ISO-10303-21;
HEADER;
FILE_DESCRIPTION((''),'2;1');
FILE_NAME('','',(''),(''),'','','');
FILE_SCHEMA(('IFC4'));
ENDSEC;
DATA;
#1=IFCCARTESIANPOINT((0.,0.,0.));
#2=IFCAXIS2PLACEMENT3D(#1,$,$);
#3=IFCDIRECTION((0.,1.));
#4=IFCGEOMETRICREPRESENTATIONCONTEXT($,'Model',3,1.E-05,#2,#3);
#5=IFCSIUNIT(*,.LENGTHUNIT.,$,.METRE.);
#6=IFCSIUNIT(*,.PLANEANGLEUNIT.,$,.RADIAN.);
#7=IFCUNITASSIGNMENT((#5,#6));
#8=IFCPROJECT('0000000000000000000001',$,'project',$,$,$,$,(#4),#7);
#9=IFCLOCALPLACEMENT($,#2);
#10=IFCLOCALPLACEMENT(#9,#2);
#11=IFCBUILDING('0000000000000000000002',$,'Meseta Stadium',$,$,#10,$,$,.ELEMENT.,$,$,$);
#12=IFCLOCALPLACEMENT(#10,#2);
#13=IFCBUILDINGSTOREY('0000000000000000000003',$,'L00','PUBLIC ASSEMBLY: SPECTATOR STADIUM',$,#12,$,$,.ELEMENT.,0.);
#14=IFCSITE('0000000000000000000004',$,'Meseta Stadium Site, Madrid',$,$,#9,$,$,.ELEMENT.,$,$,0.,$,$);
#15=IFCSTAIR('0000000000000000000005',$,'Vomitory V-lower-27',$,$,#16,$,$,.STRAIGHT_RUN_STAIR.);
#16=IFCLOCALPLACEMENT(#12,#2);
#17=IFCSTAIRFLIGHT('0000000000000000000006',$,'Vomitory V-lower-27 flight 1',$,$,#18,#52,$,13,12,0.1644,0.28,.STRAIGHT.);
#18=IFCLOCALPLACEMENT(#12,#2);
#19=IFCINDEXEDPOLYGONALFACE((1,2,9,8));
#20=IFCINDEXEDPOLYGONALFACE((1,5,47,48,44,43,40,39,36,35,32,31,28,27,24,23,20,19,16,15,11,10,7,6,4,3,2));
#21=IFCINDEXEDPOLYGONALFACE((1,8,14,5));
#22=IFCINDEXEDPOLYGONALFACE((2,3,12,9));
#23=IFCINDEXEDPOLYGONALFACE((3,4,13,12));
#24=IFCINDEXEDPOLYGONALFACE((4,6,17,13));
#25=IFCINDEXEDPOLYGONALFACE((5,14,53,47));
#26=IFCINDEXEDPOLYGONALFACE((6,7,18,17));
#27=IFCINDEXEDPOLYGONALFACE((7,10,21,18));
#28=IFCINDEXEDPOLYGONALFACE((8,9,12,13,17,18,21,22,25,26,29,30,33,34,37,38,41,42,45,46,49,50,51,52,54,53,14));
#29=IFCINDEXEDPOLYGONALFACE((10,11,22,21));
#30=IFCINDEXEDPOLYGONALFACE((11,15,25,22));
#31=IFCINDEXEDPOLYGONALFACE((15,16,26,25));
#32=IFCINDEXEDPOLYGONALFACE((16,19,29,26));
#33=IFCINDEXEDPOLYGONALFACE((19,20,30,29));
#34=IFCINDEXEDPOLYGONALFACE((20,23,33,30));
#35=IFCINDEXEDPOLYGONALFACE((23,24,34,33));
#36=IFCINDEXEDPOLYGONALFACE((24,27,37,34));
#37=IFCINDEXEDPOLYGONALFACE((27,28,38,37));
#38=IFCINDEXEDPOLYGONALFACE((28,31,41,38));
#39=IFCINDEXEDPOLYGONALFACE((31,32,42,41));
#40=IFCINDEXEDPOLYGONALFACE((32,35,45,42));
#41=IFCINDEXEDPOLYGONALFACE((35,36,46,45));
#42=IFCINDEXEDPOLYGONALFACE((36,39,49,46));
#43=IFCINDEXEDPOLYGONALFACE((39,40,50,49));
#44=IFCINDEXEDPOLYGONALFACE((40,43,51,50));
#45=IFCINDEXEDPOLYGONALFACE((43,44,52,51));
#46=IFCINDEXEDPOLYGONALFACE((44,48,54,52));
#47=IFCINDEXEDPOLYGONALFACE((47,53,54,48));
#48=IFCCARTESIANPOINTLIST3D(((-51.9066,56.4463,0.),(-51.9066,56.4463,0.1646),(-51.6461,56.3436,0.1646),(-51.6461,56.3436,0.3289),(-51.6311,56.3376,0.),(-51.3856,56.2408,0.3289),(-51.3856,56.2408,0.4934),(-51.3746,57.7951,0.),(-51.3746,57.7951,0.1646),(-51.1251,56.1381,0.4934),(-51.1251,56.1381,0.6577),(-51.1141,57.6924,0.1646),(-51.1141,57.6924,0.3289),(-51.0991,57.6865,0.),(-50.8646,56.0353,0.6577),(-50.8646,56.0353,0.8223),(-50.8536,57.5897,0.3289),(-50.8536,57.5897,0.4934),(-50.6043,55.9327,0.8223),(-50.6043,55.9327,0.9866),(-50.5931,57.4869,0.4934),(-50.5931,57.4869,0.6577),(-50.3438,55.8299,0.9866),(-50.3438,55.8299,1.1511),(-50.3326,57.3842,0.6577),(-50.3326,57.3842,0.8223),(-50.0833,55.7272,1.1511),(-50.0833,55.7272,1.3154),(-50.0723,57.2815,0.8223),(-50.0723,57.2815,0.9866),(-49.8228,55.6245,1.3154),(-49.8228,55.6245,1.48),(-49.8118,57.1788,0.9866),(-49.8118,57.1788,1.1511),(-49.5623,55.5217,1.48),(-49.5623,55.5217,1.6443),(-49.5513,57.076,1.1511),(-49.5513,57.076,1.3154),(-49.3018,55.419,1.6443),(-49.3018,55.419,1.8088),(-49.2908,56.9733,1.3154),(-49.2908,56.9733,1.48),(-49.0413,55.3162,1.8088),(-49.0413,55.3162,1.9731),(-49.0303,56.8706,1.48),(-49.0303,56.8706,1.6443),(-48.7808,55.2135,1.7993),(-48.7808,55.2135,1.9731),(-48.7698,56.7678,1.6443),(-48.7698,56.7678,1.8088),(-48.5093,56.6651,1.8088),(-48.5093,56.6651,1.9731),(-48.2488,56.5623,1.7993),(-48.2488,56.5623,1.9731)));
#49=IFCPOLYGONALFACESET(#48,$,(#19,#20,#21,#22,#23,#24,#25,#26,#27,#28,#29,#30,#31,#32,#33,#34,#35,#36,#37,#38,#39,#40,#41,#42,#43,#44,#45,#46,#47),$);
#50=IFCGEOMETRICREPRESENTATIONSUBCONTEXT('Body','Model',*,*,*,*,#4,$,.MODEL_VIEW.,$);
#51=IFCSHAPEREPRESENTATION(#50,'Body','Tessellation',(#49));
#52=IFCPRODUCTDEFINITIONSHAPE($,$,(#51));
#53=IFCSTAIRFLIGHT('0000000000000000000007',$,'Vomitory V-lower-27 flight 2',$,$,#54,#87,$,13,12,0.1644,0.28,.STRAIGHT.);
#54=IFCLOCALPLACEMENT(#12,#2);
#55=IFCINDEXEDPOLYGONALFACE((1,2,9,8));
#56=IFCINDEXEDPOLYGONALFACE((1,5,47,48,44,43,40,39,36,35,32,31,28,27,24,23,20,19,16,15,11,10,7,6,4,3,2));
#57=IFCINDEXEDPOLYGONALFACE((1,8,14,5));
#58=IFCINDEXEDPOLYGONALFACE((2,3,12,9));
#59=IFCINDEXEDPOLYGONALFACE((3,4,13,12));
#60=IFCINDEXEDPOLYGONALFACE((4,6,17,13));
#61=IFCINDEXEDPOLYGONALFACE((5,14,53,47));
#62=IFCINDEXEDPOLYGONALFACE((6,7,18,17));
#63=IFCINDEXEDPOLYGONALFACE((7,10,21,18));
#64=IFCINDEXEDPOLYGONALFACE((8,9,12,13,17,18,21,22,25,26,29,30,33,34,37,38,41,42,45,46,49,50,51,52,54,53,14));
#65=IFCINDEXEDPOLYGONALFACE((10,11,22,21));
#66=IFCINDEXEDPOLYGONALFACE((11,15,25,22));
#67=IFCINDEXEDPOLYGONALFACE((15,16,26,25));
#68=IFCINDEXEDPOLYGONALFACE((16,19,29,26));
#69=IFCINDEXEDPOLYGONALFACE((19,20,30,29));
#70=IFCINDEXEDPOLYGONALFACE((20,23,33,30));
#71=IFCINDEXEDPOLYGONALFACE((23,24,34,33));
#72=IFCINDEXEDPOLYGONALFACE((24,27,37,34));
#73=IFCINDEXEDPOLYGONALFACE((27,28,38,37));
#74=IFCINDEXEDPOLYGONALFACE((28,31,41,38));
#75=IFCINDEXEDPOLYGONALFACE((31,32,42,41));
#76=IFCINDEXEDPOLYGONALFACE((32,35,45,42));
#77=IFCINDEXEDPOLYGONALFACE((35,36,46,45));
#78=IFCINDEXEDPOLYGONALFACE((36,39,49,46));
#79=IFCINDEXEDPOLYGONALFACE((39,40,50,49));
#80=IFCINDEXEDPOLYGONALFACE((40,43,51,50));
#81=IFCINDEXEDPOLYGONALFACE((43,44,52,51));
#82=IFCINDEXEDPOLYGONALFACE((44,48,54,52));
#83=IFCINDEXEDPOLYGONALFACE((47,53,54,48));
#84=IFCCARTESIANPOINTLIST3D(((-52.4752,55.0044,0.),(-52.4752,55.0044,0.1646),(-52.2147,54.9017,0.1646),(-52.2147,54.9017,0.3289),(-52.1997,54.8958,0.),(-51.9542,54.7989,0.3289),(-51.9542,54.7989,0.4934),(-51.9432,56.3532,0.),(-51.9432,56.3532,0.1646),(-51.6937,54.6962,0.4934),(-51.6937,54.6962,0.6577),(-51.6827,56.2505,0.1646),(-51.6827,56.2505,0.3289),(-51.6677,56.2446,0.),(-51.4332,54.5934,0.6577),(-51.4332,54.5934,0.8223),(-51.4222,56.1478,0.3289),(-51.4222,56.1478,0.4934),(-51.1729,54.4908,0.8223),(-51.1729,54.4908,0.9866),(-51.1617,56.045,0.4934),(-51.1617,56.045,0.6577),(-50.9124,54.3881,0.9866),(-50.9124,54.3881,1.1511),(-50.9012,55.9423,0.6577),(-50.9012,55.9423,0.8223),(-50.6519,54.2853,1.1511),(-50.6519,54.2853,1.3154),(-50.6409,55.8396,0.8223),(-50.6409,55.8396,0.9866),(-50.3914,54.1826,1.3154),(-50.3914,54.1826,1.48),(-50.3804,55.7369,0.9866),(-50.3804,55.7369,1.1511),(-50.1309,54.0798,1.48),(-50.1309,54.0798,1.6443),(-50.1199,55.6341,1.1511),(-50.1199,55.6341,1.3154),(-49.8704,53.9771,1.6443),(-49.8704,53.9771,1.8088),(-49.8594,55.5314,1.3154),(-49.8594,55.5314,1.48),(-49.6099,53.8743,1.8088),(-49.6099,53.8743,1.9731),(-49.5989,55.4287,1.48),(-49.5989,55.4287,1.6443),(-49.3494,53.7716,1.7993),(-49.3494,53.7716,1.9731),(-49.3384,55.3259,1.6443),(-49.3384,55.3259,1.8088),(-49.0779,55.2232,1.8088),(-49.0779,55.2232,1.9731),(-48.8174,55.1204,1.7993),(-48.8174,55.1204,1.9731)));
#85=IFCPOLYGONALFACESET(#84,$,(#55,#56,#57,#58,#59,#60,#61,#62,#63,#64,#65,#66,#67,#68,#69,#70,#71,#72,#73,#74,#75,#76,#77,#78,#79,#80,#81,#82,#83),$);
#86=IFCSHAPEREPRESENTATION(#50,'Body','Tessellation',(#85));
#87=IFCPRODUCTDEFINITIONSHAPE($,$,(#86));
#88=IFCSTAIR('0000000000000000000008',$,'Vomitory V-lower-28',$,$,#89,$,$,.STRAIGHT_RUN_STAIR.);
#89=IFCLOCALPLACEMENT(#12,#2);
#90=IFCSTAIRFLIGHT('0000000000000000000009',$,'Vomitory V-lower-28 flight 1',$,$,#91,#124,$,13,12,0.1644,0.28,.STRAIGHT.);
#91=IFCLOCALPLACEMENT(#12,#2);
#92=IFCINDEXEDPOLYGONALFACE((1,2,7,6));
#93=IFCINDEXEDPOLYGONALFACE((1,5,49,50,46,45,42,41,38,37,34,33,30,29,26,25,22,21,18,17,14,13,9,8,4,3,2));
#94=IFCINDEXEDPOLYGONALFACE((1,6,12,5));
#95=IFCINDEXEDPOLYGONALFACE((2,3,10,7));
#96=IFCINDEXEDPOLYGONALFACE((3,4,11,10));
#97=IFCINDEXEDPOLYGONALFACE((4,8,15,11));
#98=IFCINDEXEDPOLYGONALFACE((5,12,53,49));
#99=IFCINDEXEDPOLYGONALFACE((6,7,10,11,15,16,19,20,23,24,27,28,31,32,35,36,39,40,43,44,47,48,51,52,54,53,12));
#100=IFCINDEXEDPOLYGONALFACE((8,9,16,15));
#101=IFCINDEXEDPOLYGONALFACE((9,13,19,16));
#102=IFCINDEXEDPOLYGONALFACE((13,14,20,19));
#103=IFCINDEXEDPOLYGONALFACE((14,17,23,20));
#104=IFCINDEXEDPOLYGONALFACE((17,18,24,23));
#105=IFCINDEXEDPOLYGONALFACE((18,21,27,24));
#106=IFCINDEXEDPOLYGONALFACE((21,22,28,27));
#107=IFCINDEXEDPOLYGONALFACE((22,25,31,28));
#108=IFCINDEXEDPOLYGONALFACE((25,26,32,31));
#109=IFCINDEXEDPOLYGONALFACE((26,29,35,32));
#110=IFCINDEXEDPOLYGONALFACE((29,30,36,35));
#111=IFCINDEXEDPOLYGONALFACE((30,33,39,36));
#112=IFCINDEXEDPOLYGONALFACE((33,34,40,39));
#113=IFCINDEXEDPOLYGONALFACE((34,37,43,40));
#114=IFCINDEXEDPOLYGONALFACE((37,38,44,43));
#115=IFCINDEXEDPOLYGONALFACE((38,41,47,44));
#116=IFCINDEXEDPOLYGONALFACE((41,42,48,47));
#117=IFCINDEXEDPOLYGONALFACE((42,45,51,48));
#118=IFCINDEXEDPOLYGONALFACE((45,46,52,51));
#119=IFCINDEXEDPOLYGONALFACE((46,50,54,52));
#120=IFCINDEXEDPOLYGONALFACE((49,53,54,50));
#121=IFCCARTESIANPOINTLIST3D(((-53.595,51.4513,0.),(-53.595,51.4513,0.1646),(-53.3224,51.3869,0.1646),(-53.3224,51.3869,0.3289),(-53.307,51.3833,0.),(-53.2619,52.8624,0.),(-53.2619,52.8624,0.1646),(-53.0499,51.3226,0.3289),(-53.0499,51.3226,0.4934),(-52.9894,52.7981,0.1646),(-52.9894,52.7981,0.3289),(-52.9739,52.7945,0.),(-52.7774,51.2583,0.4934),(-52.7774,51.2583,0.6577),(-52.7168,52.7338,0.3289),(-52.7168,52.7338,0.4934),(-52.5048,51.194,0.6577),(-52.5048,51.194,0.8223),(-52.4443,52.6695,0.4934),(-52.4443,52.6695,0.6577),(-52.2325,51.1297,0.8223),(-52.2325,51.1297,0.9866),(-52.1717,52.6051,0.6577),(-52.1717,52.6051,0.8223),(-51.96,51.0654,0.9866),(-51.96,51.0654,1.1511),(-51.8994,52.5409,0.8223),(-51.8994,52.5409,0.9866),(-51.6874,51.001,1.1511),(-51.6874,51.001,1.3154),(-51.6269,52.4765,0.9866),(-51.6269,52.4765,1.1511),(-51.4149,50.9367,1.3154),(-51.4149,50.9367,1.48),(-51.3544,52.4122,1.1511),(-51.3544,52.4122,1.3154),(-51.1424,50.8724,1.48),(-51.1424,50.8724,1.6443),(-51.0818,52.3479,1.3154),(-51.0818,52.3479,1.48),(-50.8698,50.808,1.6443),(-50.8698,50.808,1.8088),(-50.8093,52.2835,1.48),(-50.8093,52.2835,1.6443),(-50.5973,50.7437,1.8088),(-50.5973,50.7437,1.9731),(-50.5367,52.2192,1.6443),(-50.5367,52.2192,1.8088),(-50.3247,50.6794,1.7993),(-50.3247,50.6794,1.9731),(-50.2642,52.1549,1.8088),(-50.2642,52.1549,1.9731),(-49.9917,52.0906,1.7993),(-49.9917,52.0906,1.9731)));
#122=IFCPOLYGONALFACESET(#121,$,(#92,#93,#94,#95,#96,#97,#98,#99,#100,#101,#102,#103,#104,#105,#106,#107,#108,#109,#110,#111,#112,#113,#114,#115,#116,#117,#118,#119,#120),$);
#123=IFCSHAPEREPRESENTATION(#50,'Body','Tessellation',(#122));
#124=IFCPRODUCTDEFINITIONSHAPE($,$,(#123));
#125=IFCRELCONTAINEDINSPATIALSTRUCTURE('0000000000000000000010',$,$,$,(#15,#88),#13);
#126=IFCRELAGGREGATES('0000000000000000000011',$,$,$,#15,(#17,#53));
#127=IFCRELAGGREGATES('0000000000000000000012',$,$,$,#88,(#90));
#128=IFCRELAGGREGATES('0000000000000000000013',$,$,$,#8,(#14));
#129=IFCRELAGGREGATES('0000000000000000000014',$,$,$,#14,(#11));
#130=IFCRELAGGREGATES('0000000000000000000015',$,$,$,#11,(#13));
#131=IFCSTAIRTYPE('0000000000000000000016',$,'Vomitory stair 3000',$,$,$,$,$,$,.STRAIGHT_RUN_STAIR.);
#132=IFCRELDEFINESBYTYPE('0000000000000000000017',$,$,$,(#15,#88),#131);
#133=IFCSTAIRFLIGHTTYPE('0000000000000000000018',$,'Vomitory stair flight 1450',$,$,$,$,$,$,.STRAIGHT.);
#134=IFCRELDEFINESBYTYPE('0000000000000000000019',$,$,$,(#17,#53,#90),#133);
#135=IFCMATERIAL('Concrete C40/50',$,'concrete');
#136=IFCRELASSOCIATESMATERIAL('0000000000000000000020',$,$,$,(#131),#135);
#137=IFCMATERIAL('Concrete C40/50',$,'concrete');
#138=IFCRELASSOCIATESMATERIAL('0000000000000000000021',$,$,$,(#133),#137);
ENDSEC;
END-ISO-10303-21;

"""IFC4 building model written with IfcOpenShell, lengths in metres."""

from ifc_helpers import new_model, si_unit, direction, frame, origin, place, context, subcontext, project, spatial, polyline, outline, extrude, material, type_object, element, aggregate, save


model = new_model("IFC4")

# Units and contexts
model_context = context("Model", 3, precision=1e-05, world=origin(), true_north=direction((0.0, 1.0)))
body_context = subcontext(model_context, "Body", "Model", "MODEL_VIEW")
ifc_project = project(units=[si_unit("LENGTHUNIT", "METRE"), si_unit("PLANEANGLEUNIT", "RADIAN")], contexts=[model_context])

# Site, building, storey
site_placement = place(None, origin())
site = spatial("IfcSite", under=ifc_project, at=site_placement, Name="Meseta Stadium Site, Madrid", CompositionType="ELEMENT", RefElevation=0.0)
building_placement = place(site_placement, origin())
building = spatial("IfcBuilding", under=site, at=building_placement, Name="Meseta Stadium", CompositionType="ELEMENT")
storey_placement = place(building_placement, origin())
storey = spatial("IfcBuildingStorey", under=building, at=storey_placement, Name="L00", Description="PUBLIC ASSEMBLY: SPECTATOR STADIUM", CompositionType="ELEMENT", Elevation=0.0)

# Stair, stair flights
ifc_material_1 = material(Name="Concrete C40/50", Category="concrete")
stair_type = type_object("IfcStairType", Name="Vomitory stair 3000", PredefinedType="STRAIGHT_RUN_STAIR", material=ifc_material_1)
stair_1_placement = place(storey_placement, origin())
stair_1 = element("IfcStair", 1, at=stair_1_placement, inside=storey, type_object=stair_type, Name="Vomitory V-lower-27", PredefinedType="STRAIGHT_RUN_STAIR")
ifc_material_2 = material(Name="Concrete C40/50", Category="concrete")
stair_flight_type = type_object("IfcStairFlightType", Name="Vomitory stair flight 1450", PredefinedType="STRAIGHT", material=ifc_material_2)
stair_flight_1_placement = place(storey_placement, frame((-51.6406, 57.1206, 0.0), z_axis=(0.0, 0.0, 1.0), x_axis=(0.930263, -0.366893, 0.0)))
stair_flight_1 = element("IfcStairFlight", 2, at=stair_flight_1_placement, type_object=stair_flight_type, Name="Vomitory V-lower-27 flight 1", NumberOfRisers=13, NumberOfTreads=12, PredefinedType="STRAIGHT", RiserHeight=0.1644, TreadLength=0.28, context=body_context, shape_type="SweptSolid", body=[
    extrude(outline(polyline([(0.0, 0.0), (0.0, 0.1646), (0.28, 0.1646), (0.28, 0.3289), (0.5601, 0.3289), (0.5601, 0.4934), (0.8401, 0.4934), (0.8401, 0.6577), (1.1201, 0.6577), (1.1201, 0.8223), (1.3999, 0.8223), (1.3999, 0.9866), (1.6799, 0.9866), (1.6799, 1.1511), (1.96, 1.1511), (1.96, 1.3154), (2.24, 1.3154), (2.24, 1.48), (2.52, 1.48), (2.52, 1.6443), (2.8, 1.6443), (2.8, 1.8088), (3.0801, 1.8088), (3.0801, 1.9731), (3.3601, 1.9731), (3.3601, 1.7993), (0.2961, 0.0), (0.0, 0.0)])), frame((0.0, 0.7251, 0.0), z_axis=(0.0, -1.0, 0.0), x_axis=(1.0, 0.0, 0.0)), (0.0, 0.0, 1.0), 1.45),
])
stair_flight_2_placement = place(storey_placement, frame((-52.2092, 55.6787, 0.0), z_axis=(0.0, 0.0, 1.0), x_axis=(0.930263, -0.366893, 0.0)))
stair_flight_2 = element("IfcStairFlight", 3, at=stair_flight_2_placement, type_object=stair_flight_type, Name="Vomitory V-lower-27 flight 2", NumberOfRisers=13, NumberOfTreads=12, PredefinedType="STRAIGHT", RiserHeight=0.1644, TreadLength=0.28, context=body_context, shape_type="SweptSolid", body=[
    extrude(outline(polyline([(0.0, 0.0), (0.0, 0.1646), (0.28, 0.1646), (0.28, 0.3289), (0.5601, 0.3289), (0.5601, 0.4934), (0.8401, 0.4934), (0.8401, 0.6577), (1.1201, 0.6577), (1.1201, 0.8223), (1.3999, 0.8223), (1.3999, 0.9866), (1.6799, 0.9866), (1.6799, 1.1511), (1.96, 1.1511), (1.96, 1.3154), (2.24, 1.3154), (2.24, 1.48), (2.52, 1.48), (2.52, 1.6443), (2.8, 1.6443), (2.8, 1.8088), (3.0801, 1.8088), (3.0801, 1.9731), (3.3601, 1.9731), (3.3601, 1.7993), (0.2961, 0.0), (0.0, 0.0)])), frame((0.0, 0.7251, 0.0), z_axis=(0.0, -1.0, 0.0), x_axis=(1.0, 0.0, 0.0)), (0.0, 0.0, 1.0), 1.45),
])
aggregate(stair_1, [stair_flight_1, stair_flight_2])

# Stair, stair flight
stair_2_placement = place(storey_placement, origin())
stair_2 = element("IfcStair", 4, at=stair_2_placement, inside=storey, type_object=stair_type, Name="Vomitory V-lower-28", PredefinedType="STRAIGHT_RUN_STAIR")
stair_flight_3_placement = place(storey_placement, frame((-53.4285, 52.1567, 0.0), z_axis=(0.0, 0.0, 1.0), x_axis=(0.973256, -0.229722, 0.0)))
stair_flight_3 = element("IfcStairFlight", 5, at=stair_flight_3_placement, type_object=stair_flight_type, Name="Vomitory V-lower-28 flight 1", NumberOfRisers=13, NumberOfTreads=12, PredefinedType="STRAIGHT", RiserHeight=0.1644, TreadLength=0.28, context=body_context, shape_type="SweptSolid", body=[
    extrude(outline(polyline([(0.0, 0.0), (0.0, 0.1646), (0.28, 0.1646), (0.28, 0.3289), (0.5601, 0.3289), (0.5601, 0.4934), (0.8401, 0.4934), (0.8401, 0.6577), (1.1201, 0.6577), (1.1201, 0.8223), (1.3999, 0.8223), (1.3999, 0.9866), (1.6799, 0.9866), (1.6799, 1.1511), (1.96, 1.1511), (1.96, 1.3154), (2.24, 1.3154), (2.24, 1.48), (2.52, 1.48), (2.52, 1.6443), (2.8, 1.6443), (2.8, 1.8088), (3.0801, 1.8088), (3.0801, 1.9731), (3.3601, 1.9731), (3.3601, 1.7993), (0.2959, 0.0), (0.0, 0.0)])), frame((0.0, 0.7251, 0.0), z_axis=(0.0, -1.0, 0.0), x_axis=(1.0, 0.0, 0.0)), (0.0, 0.0, 1.0), 1.45),
])
aggregate(stair_2, [stair_flight_3])

save(model, "model.ifc")
